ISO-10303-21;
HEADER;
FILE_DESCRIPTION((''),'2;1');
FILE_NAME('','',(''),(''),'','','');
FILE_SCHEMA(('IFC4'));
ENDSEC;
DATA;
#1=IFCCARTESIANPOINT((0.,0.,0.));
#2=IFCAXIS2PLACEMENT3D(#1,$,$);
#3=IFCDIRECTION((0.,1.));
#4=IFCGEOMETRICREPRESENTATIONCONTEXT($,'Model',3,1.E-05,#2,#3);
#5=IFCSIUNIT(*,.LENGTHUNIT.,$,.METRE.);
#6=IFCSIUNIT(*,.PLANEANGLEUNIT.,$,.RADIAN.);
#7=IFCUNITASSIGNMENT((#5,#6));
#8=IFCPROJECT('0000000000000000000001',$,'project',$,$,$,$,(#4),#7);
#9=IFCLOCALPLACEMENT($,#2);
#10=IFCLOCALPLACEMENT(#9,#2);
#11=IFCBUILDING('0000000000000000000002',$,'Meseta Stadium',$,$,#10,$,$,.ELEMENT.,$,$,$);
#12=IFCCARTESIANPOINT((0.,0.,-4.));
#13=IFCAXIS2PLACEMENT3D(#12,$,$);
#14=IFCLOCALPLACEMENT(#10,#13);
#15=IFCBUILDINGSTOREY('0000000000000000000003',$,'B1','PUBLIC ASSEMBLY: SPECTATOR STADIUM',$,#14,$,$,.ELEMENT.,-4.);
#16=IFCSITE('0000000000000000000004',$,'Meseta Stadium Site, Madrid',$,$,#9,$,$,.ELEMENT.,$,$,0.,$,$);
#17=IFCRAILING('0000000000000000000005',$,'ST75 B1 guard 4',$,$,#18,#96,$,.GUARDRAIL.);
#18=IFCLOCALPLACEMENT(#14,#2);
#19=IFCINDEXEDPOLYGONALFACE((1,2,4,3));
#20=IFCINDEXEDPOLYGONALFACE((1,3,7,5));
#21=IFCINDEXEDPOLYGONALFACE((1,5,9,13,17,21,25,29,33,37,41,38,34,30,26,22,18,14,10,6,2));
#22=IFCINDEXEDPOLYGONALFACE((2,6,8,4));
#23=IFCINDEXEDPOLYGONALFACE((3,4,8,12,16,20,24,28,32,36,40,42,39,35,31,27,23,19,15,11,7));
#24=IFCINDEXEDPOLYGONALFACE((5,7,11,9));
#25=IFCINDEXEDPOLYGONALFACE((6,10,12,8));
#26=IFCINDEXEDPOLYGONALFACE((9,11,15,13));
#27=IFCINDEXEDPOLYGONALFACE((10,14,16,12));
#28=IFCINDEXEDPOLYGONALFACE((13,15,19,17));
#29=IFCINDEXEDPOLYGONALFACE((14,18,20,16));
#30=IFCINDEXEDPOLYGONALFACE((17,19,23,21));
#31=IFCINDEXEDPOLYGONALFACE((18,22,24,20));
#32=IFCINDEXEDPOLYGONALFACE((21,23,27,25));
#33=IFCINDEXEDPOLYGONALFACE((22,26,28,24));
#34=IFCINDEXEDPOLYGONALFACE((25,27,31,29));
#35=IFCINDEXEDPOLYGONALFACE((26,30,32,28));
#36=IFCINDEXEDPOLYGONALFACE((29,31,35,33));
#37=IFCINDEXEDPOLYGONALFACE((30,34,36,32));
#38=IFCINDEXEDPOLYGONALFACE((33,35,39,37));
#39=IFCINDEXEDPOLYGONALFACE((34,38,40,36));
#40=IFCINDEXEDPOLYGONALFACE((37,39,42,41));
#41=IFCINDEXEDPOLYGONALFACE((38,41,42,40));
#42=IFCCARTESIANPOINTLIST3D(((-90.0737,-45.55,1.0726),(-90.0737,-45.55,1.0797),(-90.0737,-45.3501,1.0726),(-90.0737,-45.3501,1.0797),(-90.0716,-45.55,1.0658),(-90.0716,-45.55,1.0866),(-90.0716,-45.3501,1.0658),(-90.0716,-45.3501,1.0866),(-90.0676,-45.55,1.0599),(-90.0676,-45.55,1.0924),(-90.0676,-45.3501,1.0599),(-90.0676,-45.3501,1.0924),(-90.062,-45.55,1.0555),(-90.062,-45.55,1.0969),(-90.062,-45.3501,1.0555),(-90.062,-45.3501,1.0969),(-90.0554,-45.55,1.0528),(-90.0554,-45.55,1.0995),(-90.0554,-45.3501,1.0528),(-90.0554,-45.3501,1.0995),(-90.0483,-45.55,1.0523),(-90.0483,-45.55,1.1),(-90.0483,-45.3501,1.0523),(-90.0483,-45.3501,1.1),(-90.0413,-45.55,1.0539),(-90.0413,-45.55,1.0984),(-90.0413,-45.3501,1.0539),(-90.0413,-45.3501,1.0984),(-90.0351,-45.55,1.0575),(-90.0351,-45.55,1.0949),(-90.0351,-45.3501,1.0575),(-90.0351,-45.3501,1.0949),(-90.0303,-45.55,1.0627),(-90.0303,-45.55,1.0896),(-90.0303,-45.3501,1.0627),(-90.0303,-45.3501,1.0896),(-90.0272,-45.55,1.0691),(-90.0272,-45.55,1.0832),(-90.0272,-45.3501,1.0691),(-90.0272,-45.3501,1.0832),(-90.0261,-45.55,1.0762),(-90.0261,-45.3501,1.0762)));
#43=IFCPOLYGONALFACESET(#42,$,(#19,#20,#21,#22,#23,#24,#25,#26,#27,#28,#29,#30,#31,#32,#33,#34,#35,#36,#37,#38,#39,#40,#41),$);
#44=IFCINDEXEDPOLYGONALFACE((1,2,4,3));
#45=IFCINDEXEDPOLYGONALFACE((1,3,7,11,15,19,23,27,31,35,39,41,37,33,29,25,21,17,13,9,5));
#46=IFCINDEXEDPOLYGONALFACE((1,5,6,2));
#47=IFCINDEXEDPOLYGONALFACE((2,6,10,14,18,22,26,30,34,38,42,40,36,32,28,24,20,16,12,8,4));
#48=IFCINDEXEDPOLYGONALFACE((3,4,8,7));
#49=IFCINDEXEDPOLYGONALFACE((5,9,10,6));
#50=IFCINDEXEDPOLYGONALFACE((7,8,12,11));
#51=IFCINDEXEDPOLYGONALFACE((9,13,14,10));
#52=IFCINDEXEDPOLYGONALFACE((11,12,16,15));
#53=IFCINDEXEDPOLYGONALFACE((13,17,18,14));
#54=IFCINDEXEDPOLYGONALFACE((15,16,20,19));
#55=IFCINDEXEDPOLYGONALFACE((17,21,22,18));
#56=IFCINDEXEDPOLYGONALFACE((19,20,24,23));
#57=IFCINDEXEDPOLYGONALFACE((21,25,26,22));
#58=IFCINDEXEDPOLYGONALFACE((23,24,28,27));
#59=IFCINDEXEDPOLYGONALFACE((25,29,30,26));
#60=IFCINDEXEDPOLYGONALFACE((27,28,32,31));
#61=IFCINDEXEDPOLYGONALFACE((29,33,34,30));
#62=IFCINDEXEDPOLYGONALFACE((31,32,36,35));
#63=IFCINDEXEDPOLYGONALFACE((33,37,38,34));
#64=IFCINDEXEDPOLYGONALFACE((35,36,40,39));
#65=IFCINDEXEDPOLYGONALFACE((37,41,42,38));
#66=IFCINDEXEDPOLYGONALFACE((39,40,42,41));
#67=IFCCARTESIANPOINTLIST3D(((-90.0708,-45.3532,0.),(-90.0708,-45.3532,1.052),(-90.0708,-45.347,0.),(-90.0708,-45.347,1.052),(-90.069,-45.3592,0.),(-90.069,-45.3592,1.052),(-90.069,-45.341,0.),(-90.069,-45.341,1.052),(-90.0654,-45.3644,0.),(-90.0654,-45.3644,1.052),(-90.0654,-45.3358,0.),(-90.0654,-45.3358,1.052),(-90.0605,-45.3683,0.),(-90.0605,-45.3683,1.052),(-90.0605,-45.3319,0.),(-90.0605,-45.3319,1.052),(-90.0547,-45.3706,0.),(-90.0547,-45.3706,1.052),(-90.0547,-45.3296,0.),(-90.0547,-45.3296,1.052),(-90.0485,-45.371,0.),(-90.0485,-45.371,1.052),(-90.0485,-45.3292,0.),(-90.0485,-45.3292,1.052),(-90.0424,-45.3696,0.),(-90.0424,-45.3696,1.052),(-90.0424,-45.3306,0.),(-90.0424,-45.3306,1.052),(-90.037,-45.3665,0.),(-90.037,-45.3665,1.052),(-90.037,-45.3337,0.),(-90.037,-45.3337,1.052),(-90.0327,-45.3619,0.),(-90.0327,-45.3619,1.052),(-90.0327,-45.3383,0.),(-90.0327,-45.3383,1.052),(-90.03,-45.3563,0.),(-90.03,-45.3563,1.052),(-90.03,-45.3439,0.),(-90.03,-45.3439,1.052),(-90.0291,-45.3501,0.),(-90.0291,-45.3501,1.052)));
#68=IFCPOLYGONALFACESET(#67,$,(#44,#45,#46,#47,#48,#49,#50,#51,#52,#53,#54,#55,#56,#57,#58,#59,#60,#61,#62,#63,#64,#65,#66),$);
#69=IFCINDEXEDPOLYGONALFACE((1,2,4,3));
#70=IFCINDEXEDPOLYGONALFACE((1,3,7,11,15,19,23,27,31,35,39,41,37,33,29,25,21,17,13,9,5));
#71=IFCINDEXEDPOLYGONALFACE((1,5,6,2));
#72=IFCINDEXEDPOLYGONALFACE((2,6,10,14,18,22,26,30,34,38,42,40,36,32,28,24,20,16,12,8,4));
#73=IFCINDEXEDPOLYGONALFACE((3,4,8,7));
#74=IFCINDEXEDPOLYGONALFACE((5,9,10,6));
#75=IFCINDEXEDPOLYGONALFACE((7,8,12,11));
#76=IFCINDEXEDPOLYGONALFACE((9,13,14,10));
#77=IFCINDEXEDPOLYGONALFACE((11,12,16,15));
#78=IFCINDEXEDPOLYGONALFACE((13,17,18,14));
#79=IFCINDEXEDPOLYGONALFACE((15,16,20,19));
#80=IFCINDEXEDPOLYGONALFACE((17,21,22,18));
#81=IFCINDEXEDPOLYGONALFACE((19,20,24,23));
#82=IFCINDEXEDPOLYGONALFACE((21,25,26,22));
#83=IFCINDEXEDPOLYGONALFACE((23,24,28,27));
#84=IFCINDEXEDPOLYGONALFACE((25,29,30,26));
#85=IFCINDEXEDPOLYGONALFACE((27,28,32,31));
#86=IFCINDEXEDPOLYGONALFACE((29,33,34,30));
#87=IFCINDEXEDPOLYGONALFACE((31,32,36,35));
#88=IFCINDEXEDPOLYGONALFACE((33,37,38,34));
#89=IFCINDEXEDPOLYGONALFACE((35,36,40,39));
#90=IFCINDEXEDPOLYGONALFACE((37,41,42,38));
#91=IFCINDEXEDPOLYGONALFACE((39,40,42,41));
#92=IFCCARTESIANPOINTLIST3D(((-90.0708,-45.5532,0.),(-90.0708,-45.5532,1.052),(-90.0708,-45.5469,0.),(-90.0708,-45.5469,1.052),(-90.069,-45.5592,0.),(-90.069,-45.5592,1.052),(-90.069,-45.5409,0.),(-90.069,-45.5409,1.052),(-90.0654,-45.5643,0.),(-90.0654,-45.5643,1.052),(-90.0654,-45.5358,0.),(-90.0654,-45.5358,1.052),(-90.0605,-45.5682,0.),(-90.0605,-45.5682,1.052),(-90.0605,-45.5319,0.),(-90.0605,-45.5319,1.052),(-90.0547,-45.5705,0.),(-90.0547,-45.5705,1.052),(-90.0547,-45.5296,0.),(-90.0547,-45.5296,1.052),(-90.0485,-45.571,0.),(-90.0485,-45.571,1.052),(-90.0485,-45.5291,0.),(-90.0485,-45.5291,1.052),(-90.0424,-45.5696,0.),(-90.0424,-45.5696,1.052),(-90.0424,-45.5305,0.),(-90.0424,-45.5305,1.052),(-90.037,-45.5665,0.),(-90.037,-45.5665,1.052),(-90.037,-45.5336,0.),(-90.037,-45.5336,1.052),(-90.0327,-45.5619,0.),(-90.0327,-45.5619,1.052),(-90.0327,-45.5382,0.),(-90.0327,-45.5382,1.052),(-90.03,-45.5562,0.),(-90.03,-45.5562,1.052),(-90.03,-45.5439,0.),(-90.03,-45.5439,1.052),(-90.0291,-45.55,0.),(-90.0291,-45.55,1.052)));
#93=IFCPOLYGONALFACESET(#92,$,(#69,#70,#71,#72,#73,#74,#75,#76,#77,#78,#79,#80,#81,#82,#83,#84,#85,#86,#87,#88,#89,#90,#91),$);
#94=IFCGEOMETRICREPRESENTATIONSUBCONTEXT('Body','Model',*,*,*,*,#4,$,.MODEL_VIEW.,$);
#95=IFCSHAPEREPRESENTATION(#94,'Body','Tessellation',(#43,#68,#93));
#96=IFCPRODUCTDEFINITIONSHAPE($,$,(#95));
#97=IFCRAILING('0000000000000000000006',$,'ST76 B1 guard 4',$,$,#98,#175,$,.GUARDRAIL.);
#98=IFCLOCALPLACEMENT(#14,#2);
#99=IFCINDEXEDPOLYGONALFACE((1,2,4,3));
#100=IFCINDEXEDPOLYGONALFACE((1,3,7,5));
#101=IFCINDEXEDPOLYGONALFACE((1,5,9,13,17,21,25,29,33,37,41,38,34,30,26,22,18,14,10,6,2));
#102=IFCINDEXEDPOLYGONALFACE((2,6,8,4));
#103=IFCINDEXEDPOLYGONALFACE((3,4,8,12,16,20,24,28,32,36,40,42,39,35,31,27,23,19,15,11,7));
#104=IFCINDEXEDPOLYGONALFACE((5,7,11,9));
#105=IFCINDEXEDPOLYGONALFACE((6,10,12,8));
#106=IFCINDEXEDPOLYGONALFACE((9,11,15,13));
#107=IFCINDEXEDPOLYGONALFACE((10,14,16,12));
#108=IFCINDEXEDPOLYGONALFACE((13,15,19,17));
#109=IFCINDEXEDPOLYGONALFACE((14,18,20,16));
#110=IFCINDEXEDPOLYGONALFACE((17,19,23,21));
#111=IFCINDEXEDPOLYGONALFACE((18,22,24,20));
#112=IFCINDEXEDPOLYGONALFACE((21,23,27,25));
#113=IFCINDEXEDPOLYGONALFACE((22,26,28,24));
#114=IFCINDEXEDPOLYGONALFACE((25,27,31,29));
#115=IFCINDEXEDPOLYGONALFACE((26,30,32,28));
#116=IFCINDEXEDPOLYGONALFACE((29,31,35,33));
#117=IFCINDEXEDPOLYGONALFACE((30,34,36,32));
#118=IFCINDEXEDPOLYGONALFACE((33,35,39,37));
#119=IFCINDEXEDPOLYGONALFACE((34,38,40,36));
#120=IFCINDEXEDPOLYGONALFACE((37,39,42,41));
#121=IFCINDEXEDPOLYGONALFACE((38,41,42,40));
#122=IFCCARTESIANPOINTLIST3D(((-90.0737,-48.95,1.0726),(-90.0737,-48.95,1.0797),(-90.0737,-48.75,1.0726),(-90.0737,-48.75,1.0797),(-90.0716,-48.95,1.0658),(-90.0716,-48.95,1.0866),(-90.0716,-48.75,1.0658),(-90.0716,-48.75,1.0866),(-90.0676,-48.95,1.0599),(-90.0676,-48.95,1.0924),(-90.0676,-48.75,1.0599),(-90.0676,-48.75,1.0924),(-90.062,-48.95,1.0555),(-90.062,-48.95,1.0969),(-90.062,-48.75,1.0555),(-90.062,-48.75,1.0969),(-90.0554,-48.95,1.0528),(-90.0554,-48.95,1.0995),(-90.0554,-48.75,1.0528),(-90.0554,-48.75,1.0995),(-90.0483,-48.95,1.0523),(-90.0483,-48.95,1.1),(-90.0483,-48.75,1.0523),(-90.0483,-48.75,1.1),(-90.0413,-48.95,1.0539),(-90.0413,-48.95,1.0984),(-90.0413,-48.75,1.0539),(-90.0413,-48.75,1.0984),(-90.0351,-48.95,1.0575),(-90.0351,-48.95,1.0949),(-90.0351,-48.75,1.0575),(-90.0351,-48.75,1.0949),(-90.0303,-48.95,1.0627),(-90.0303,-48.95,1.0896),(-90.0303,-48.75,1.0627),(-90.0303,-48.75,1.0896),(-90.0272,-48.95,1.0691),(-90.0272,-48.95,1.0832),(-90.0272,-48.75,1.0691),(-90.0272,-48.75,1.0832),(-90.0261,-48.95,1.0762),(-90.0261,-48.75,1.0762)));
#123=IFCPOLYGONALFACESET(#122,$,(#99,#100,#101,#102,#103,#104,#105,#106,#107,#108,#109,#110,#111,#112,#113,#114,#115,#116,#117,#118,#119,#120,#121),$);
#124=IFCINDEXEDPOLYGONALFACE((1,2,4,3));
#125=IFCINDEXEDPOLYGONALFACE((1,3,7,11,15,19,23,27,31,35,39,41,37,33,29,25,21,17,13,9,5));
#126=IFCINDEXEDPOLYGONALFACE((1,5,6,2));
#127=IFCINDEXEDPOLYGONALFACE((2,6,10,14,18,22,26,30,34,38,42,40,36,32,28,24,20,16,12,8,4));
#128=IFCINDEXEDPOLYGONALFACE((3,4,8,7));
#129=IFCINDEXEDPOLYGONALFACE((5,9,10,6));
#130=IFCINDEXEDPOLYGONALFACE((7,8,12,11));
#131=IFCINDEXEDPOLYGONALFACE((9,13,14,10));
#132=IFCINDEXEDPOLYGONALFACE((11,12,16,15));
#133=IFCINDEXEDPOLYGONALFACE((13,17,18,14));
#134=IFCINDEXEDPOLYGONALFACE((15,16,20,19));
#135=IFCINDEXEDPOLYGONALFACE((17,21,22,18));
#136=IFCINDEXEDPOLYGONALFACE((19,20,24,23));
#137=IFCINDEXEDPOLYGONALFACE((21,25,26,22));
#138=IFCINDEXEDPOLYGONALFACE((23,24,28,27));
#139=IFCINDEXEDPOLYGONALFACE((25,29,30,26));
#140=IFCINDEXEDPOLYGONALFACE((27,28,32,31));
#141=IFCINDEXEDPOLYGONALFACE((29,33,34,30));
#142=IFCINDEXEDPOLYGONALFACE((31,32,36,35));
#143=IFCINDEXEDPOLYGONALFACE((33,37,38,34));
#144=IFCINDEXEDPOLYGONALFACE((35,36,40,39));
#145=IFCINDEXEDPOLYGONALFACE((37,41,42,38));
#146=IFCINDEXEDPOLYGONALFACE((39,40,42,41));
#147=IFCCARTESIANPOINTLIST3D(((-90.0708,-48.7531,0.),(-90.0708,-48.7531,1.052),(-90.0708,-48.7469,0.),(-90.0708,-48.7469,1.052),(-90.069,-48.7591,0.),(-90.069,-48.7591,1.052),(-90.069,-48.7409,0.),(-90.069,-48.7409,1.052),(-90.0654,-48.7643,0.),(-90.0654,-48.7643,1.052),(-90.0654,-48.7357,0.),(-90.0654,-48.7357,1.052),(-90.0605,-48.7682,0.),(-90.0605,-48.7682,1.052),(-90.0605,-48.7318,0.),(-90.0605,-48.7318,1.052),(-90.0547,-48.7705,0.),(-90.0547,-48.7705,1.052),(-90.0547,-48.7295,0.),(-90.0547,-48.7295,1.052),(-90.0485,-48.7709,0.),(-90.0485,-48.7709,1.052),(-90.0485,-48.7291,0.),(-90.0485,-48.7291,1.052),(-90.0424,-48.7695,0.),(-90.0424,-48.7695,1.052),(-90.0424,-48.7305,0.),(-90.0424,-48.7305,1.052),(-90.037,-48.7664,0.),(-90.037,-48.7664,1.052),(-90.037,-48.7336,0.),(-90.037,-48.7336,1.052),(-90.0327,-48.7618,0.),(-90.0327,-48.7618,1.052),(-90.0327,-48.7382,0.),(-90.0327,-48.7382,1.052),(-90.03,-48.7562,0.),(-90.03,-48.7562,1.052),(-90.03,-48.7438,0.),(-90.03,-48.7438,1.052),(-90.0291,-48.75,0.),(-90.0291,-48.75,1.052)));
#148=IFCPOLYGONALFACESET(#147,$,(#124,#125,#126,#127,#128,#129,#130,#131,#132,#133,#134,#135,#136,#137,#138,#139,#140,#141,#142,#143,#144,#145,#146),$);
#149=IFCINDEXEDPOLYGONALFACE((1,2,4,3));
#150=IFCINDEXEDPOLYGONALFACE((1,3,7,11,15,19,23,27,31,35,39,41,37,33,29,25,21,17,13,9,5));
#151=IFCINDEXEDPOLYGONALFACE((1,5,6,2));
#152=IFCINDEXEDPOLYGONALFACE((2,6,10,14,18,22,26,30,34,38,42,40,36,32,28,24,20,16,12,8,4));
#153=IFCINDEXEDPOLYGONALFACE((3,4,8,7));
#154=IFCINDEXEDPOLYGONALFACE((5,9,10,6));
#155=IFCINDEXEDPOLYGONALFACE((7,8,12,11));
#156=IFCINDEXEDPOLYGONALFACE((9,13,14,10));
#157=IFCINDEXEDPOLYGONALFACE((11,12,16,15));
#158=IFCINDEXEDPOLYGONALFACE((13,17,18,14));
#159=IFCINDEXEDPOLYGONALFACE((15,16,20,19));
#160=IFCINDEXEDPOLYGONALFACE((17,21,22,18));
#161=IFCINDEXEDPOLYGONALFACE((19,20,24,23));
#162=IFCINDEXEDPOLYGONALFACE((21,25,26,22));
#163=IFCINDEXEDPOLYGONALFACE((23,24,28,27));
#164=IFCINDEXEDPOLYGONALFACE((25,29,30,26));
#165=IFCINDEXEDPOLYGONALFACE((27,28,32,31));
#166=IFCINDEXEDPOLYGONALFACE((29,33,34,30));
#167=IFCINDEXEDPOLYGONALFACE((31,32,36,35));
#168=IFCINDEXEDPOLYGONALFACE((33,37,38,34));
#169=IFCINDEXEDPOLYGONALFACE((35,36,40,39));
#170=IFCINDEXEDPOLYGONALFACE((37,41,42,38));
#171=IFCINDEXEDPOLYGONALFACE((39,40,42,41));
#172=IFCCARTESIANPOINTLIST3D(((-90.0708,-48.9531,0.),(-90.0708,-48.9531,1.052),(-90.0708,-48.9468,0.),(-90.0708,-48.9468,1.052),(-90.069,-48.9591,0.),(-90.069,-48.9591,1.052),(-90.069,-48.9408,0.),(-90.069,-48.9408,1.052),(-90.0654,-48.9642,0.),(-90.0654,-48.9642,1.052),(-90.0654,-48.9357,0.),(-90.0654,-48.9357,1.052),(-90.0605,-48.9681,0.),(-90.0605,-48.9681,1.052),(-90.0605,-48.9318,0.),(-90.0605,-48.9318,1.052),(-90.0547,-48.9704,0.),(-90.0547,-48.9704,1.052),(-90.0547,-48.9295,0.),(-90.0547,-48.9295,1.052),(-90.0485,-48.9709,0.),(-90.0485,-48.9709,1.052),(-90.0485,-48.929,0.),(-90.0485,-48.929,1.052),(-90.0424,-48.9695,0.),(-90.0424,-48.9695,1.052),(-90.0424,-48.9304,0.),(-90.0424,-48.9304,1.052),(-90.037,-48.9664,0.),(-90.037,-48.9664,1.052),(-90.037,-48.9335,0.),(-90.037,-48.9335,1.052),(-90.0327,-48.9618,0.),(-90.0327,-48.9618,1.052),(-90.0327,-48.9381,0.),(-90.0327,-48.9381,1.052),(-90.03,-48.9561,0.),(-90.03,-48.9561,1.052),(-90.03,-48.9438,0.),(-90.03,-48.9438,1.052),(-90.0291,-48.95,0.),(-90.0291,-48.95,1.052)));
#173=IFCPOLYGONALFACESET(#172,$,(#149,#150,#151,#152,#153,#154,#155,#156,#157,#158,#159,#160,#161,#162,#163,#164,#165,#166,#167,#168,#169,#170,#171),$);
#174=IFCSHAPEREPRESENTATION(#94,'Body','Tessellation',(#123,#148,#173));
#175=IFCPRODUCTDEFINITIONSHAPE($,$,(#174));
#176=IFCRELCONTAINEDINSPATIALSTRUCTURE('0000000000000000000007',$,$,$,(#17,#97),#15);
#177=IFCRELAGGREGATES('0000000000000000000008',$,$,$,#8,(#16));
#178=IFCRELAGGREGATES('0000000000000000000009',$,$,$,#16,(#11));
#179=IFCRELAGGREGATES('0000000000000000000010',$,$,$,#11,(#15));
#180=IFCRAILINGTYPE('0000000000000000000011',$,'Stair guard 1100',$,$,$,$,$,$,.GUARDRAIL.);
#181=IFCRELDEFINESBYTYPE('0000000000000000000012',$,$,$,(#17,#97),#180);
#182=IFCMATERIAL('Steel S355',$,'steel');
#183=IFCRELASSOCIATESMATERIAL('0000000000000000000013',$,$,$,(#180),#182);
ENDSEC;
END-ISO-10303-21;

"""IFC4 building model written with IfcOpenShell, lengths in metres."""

from ifc_helpers import new_model, si_unit, direction, frame, origin, origin_2d, place, context, subcontext, project, spatial, circle, extrude, material, type_object, element, save


model = new_model("IFC4")

# Units and contexts
model_context = context("Model", 3, precision=1e-05, world=origin(), true_north=direction((0.0, 1.0)))
body_context = subcontext(model_context, "Body", "Model", "MODEL_VIEW")
ifc_project = project(units=[si_unit("LENGTHUNIT", "METRE"), si_unit("PLANEANGLEUNIT", "RADIAN")], contexts=[model_context])

# Site, building, storey
site_placement = place(None, origin())
site = spatial("IfcSite", under=ifc_project, at=site_placement, Name="Meseta Stadium Site, Madrid", CompositionType="ELEMENT", RefElevation=0.0)
building_placement = place(site_placement, origin())
building = spatial("IfcBuilding", under=site, at=building_placement, Name="Meseta Stadium", CompositionType="ELEMENT")
storey_placement = place(building_placement, frame((0.0, 0.0, -4.0)))
storey = spatial("IfcBuildingStorey", under=building, at=storey_placement, Name="B1", Description="PUBLIC ASSEMBLY: SPECTATOR STADIUM", CompositionType="ELEMENT", Elevation=-4.0)

# Railings
ifc_material_1 = material(Name="Steel S355", Category="steel")
railing_type = type_object("IfcRailingType", Name="Stair guard 1100", PredefinedType="GUARDRAIL", material=ifc_material_1)
for number, where, name in (
    (1, (-90.05, -45.3501, 0.0), "ST75 B1 guard 4"),
    (2, (-90.05, -48.75, 0.0), "ST76 B1 guard 4"),
):
    element("IfcRailing", number, at=place(storey_placement, frame(where)), inside=storey, type_object=railing_type, Name=name, PredefinedType="GUARDRAIL", context=body_context, shape_type="SweptSolid", body=[
        extrude(circle(Radius=0.0239, at=origin_2d()), frame((0.0, 0.0, 1.0762), z_axis=(0.0, -1.0, 0.0), x_axis=(1.0, 0.0, 0.0)), (0.0, 0.0, 1.0), 0.2),
        extrude(circle(Radius=0.021, at=origin_2d()), origin(), (0.0, 0.0, 1.0), 1.052),
        extrude(circle(Radius=0.021, at=origin_2d()), frame((0.0, -0.2, 0.0)), (0.0, 0.0, 1.0), 1.052),
    ])

save(model, "model.ifc")
